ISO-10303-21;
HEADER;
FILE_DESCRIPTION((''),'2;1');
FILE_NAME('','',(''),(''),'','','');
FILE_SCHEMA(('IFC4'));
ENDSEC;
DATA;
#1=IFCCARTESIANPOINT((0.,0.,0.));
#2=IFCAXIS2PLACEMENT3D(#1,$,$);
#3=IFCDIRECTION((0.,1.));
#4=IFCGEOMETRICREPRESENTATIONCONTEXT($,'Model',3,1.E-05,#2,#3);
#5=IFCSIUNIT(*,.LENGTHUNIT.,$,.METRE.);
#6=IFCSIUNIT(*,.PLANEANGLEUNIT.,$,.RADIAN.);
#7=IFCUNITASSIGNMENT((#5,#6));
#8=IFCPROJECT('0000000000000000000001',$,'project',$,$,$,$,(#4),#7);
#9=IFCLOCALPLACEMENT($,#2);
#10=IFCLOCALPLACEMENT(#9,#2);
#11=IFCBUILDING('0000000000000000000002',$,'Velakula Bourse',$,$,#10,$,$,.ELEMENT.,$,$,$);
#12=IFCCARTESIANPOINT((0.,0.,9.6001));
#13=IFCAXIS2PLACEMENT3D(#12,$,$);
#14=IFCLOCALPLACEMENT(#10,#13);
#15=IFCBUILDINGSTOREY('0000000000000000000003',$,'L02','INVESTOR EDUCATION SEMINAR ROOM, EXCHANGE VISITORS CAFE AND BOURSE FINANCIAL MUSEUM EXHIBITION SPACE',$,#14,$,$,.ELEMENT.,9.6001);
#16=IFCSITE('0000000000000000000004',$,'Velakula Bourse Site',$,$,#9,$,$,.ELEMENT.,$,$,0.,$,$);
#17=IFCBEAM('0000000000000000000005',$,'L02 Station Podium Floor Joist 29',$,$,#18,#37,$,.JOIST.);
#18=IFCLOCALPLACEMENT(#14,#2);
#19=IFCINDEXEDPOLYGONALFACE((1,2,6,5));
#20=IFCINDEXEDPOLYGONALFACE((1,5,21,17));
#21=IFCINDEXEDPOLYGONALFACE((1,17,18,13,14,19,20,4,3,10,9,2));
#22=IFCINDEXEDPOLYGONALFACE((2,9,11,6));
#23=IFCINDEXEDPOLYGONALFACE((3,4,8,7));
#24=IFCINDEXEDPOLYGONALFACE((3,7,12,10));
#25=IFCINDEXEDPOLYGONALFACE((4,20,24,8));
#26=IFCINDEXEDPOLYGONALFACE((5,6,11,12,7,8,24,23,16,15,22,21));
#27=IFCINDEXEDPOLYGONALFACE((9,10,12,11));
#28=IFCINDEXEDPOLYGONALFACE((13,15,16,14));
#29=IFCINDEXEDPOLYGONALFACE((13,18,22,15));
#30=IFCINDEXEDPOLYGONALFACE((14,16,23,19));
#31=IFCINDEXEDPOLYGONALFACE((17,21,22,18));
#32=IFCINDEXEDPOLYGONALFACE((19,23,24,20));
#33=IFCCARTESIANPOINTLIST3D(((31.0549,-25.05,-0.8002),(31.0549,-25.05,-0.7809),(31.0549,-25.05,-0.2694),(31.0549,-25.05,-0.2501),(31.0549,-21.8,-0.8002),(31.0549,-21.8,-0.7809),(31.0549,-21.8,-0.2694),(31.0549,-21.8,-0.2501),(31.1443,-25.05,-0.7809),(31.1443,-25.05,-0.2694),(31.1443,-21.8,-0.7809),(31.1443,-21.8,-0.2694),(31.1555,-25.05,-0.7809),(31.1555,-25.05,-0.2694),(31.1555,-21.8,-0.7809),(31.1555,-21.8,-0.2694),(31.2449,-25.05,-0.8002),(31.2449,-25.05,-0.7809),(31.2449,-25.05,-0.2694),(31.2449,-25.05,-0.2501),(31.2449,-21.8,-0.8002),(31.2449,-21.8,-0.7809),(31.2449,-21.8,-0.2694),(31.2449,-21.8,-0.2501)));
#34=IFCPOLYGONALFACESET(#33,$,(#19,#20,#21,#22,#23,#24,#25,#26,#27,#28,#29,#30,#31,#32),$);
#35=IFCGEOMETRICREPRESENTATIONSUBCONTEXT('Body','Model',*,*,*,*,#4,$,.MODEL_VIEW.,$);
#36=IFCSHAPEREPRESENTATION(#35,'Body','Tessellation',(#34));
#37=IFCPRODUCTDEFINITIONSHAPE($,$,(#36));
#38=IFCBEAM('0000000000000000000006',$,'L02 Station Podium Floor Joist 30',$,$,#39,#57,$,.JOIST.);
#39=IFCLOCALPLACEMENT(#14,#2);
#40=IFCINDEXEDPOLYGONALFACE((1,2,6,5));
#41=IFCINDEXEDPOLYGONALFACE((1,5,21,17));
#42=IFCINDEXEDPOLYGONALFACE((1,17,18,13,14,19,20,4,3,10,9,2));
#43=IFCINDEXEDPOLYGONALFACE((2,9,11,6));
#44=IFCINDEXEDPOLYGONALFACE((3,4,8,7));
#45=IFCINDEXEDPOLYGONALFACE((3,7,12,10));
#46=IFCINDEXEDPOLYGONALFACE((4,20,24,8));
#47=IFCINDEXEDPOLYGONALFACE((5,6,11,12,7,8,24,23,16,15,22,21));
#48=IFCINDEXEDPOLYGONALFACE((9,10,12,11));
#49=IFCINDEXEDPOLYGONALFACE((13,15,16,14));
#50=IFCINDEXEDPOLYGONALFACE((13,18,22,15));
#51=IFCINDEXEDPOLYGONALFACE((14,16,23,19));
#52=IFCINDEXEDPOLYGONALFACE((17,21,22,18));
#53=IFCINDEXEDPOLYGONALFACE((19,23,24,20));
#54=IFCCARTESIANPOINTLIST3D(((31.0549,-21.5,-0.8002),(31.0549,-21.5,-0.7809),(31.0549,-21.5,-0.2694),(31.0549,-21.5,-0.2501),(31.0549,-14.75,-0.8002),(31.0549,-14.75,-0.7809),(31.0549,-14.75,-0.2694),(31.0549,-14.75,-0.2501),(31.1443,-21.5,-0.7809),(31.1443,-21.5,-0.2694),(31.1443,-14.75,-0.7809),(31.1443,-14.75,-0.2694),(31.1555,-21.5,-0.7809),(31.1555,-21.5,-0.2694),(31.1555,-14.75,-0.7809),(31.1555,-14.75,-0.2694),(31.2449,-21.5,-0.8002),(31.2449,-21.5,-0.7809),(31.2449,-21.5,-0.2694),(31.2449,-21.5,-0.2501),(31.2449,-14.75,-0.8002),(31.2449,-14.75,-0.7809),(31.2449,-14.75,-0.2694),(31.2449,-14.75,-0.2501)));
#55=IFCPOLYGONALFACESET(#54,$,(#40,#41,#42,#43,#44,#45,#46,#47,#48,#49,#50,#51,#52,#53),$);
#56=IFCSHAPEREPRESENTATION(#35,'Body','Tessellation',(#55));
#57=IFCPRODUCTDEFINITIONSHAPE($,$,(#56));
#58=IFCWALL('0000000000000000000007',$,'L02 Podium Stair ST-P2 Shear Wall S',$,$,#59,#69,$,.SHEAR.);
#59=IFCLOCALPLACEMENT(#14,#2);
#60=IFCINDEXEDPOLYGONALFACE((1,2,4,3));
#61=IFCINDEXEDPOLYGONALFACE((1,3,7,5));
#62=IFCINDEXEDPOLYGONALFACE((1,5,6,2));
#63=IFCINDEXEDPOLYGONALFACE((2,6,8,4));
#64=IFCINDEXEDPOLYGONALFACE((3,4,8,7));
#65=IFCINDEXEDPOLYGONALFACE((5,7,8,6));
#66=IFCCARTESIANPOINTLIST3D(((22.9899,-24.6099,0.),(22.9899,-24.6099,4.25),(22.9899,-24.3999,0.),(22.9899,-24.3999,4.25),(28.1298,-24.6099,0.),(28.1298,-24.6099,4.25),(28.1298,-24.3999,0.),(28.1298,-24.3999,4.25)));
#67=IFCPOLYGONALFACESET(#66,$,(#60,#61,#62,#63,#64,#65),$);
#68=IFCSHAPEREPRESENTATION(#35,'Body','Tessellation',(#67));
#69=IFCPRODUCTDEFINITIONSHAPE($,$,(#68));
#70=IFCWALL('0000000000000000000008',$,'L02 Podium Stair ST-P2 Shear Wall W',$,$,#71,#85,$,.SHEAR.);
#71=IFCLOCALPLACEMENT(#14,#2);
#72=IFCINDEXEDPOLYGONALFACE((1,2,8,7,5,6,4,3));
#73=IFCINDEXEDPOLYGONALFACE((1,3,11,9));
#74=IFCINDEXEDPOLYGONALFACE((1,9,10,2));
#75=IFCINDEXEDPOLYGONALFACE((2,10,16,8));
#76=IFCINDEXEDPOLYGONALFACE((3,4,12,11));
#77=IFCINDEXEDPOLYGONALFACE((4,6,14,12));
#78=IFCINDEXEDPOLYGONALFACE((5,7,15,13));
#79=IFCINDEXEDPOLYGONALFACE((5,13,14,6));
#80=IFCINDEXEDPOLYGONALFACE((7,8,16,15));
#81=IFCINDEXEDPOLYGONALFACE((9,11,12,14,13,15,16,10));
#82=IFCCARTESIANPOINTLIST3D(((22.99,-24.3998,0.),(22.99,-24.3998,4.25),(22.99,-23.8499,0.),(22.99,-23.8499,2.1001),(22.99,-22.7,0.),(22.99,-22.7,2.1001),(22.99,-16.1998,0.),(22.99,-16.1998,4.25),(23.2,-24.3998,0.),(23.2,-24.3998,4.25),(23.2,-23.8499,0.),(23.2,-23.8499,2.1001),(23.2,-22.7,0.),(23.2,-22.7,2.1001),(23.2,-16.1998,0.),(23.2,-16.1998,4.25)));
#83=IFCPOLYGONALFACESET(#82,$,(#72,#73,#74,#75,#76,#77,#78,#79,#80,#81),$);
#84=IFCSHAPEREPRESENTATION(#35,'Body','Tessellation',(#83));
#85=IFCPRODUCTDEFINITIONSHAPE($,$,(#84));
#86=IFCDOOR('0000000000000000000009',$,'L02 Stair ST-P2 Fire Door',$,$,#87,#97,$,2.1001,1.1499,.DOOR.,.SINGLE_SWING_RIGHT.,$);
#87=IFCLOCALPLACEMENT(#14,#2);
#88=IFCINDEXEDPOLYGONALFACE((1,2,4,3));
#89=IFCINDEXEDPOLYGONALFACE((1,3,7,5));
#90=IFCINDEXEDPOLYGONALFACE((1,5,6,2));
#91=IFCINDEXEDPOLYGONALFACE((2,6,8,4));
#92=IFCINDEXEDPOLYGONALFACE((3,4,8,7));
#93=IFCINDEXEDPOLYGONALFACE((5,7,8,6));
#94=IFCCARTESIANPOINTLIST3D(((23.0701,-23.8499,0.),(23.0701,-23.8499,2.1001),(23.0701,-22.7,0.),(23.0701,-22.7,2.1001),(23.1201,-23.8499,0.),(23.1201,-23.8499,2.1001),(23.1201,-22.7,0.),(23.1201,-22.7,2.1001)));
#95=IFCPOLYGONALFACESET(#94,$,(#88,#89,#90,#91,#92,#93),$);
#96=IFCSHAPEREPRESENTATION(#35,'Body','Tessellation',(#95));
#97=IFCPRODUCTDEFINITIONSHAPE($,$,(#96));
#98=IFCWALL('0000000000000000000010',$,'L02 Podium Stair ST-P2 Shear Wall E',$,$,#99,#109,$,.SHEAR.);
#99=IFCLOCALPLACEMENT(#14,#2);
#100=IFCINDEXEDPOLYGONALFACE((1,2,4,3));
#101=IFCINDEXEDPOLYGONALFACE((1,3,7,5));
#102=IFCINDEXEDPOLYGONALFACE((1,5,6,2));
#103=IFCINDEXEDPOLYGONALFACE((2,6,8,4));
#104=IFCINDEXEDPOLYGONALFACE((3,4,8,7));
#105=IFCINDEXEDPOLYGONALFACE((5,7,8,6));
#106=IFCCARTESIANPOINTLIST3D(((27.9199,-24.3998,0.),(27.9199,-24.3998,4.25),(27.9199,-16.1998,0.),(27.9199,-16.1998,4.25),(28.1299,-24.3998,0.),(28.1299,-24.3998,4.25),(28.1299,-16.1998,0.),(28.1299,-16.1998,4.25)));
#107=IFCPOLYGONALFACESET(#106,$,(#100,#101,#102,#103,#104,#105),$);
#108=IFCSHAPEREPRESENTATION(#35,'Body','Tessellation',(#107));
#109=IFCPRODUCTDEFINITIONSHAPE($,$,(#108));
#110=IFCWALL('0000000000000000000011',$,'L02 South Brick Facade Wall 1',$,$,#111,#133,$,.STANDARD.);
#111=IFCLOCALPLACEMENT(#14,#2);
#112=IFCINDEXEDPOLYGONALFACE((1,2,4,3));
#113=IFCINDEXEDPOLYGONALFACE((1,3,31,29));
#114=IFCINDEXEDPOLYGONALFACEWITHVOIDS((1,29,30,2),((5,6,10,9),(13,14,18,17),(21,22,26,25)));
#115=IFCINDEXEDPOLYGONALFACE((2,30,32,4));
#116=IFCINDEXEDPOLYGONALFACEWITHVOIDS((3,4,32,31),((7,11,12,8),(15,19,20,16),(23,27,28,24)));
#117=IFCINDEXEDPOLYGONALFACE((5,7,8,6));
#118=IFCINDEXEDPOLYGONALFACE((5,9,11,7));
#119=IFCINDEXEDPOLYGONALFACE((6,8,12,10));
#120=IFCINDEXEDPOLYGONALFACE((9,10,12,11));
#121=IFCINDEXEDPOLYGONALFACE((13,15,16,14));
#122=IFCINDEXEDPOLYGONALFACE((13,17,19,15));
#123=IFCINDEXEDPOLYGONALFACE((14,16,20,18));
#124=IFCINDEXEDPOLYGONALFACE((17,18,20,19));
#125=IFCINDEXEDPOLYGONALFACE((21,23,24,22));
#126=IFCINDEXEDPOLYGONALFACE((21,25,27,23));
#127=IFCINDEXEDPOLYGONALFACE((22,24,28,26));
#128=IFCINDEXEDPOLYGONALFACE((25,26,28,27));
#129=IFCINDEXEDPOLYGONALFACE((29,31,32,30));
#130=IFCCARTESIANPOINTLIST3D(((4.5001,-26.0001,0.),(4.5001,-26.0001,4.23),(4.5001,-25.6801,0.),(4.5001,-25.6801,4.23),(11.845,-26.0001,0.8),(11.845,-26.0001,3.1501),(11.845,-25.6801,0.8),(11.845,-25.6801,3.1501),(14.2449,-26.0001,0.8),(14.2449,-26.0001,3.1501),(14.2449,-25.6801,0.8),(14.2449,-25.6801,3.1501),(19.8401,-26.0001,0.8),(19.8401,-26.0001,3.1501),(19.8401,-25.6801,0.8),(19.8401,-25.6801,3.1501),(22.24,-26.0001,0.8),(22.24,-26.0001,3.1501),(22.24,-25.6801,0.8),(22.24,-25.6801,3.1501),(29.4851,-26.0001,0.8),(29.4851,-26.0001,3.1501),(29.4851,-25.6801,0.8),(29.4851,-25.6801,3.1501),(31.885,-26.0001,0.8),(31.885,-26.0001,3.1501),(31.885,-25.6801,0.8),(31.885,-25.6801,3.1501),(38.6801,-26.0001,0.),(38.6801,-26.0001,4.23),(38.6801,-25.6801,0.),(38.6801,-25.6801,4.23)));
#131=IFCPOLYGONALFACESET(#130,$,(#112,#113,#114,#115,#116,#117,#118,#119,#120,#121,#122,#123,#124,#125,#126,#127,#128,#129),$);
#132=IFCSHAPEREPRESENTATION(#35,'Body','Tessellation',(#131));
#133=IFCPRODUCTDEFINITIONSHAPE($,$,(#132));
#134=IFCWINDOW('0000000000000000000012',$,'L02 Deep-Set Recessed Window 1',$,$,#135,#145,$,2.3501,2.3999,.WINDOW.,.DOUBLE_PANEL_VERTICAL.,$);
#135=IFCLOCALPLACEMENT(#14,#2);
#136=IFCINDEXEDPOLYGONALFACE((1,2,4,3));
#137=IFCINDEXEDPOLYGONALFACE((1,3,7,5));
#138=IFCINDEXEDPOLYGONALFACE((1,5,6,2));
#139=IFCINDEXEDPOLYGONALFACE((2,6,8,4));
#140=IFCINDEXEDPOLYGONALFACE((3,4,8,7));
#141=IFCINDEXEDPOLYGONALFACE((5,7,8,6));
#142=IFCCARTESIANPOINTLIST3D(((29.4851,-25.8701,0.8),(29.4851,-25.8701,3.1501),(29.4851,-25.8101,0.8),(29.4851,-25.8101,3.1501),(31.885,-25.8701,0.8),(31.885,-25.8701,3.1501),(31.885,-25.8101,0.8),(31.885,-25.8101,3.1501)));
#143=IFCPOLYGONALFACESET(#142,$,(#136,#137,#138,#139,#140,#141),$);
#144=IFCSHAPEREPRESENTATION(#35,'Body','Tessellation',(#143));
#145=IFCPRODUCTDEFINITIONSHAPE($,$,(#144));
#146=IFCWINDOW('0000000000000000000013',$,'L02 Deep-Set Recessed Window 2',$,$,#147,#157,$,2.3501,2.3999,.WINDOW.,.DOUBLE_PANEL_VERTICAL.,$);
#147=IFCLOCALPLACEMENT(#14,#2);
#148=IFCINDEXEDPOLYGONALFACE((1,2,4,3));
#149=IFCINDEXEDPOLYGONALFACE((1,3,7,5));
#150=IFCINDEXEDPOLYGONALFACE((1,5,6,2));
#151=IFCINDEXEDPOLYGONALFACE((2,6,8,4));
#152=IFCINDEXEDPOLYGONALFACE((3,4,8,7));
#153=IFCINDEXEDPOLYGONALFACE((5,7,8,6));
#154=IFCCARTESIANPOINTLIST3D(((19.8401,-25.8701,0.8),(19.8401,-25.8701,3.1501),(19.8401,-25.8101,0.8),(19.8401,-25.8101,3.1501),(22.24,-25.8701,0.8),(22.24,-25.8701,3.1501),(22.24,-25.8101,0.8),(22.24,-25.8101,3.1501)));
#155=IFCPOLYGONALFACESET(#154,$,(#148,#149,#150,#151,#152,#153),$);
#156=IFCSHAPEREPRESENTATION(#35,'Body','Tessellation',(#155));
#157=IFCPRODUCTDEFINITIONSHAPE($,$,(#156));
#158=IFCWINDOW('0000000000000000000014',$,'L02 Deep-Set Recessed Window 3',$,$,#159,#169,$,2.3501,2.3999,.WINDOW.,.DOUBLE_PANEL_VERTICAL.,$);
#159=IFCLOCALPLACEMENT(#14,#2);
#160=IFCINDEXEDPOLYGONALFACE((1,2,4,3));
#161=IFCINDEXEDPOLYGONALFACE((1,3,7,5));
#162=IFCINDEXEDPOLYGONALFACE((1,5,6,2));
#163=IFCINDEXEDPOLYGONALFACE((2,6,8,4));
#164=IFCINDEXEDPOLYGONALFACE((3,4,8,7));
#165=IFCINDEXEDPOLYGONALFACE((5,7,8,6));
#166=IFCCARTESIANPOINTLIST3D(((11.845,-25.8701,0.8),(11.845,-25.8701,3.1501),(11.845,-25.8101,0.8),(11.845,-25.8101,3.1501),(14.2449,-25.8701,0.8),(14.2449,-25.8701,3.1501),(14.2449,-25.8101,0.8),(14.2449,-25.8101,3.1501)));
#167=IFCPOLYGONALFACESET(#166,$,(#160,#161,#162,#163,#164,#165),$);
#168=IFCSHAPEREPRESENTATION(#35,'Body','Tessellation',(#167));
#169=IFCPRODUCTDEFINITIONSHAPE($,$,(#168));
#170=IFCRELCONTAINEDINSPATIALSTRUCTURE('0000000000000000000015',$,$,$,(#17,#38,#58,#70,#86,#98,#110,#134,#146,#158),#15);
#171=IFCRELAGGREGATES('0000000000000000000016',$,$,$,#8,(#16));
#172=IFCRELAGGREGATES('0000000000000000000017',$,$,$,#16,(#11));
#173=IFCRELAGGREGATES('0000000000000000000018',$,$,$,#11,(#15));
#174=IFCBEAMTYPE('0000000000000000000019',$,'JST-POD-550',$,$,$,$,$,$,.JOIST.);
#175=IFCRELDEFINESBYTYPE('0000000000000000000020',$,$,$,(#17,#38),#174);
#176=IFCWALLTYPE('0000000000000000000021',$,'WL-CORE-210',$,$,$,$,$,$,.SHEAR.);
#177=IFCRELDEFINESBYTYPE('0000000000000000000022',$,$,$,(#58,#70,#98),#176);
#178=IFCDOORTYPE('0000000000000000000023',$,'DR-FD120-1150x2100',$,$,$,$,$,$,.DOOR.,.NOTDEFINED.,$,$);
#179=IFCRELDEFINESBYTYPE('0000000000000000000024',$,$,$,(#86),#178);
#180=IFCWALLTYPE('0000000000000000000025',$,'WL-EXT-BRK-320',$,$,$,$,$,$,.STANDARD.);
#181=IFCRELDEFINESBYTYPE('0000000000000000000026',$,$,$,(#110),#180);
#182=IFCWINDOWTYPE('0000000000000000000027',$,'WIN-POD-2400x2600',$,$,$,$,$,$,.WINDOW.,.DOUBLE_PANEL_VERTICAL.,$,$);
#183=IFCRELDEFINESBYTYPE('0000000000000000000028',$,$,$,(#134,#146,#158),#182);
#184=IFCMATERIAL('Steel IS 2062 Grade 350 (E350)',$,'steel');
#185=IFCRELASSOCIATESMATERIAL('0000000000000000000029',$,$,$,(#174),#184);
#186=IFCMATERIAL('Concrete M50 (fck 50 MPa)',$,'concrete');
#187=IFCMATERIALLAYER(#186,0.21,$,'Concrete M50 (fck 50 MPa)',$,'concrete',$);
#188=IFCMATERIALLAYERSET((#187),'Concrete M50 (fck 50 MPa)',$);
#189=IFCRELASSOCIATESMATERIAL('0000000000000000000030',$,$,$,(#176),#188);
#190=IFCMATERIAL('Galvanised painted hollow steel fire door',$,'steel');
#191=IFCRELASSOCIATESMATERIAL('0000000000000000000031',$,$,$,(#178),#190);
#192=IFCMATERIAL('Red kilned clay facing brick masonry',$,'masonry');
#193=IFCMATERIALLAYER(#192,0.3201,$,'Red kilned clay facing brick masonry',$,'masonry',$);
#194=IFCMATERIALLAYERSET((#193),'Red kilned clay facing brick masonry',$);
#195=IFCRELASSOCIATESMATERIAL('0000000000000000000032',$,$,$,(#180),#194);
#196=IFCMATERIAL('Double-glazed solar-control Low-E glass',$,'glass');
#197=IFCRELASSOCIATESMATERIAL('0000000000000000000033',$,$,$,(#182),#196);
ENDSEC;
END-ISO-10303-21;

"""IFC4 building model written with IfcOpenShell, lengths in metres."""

from ifc_helpers import new_model, si_unit, direction, frame, frame_2d, origin, origin_2d, place, context, subcontext, project, spatial, rectangle, i_section, extrude, material, layer, layer_set, material_profile, profile_set, type_object, element, fill, save


model = new_model("IFC4")

# Units and contexts
model_context = context("Model", 3, precision=1e-05, world=origin(), true_north=direction((0.0, 1.0)))
body_context = subcontext(model_context, "Body", "Model", "MODEL_VIEW")
ifc_project = project(units=[si_unit("LENGTHUNIT", "METRE"), si_unit("PLANEANGLEUNIT", "RADIAN")], contexts=[model_context])

# Site, building, storey
site_placement = place(None, origin())
site = spatial("IfcSite", under=ifc_project, at=site_placement, Name="Velakula Bourse Site", CompositionType="ELEMENT", RefElevation=0.0)
building_placement = place(site_placement, origin())
building = spatial("IfcBuilding", under=site, at=building_placement, Name="Velakula Bourse", CompositionType="ELEMENT")
storey_placement = place(building_placement, frame((0.0, 0.0, 9.6001)))
storey = spatial("IfcBuildingStorey", under=building, at=storey_placement, Name="L02", Description="INVESTOR EDUCATION SEMINAR ROOM, EXCHANGE VISITORS CAFE AND BOURSE FINANCIAL MUSEUM EXHIBITION SPACE", CompositionType="ELEMENT", Elevation=9.6001)

# Beams
ifc_material_1 = material(Name="Steel IS 2062 Grade 350 (E350)", Category="steel")
ifc_material_profile_1 = material_profile(ifc_material_1, i_section(OverallWidth=0.1899, OverallDepth=0.55, WebThickness=0.0112, FlangeThickness=0.0193, at=origin_2d()), Name="Steel IS 2062 Grade 350 (E350)")
ifc_profile_set_1 = profile_set([ifc_material_profile_1], Name="Steel IS 2062 Grade 350 (E350)")
beam_type_1 = type_object("IfcBeamType", Name="JST-POD-550", PredefinedType="JOIST", material=ifc_profile_set_1)
beam_1_placement = place(storey_placement, frame((31.1499, -25.05, -0.5251), z_axis=(0.0, 1.0, 0.0), x_axis=(-1.0, 0.0, 0.0)))
element("IfcBeam", 1, at=beam_1_placement, inside=storey, type_object=beam_type_1, Name="L02 Station Podium Floor Joist 29", PredefinedType="JOIST", context=body_context, shape_type="SweptSolid", body=[
    extrude(i_section(OverallWidth=0.1899, OverallDepth=0.55, WebThickness=0.0112, FlangeThickness=0.0193, at=origin_2d()), origin(), (0.0, 0.0, 1.0), 3.25),
])
beam_2_placement = place(storey_placement, frame((31.1499, -21.5, -0.5251), z_axis=(0.0, 1.0, 0.0), x_axis=(-1.0, 0.0, 0.0)))
element("IfcBeam", 2, at=beam_2_placement, inside=storey, type_object=beam_type_1, Name="L02 Station Podium Floor Joist 30", PredefinedType="JOIST", context=body_context, shape_type="SweptSolid", body=[
    extrude(i_section(OverallWidth=0.1899, OverallDepth=0.55, WebThickness=0.0112, FlangeThickness=0.0193, at=origin_2d()), origin(), (0.0, 0.0, 1.0), 6.75),
])

# Wall
ifc_material_2 = material(Name="Concrete M50 (fck 50 MPa)", Category="concrete")
ifc_layer_1 = layer(ifc_material_2, 0.21, Name="Concrete M50 (fck 50 MPa)", Category="concrete")
ifc_layer_set_1 = layer_set([ifc_layer_1], Name="Concrete M50 (fck 50 MPa)")
wall_type_1 = type_object("IfcWallType", Name="WL-CORE-210", PredefinedType="SHEAR", material=ifc_layer_set_1)
wall_1_placement = place(storey_placement, frame((22.99, -24.5049, 0.0), z_axis=(0.0, 0.0, 1.0), x_axis=(1.0, 0.0, 0.0)))
element("IfcWall", 3, at=wall_1_placement, inside=storey, type_object=wall_type_1, Name="L02 Podium Stair ST-P2 Shear Wall S", PredefinedType="SHEAR", context=body_context, shape_type="SweptSolid", body=[
    extrude(rectangle(XDim=5.1399, YDim=0.21, at=frame_2d((2.5698, 0.0))), origin(), (0.0, 0.0, 1.0), 4.25),
])

# Wall, opening, door
wall_2_placement = place(storey_placement, frame((23.095, -24.3999, 0.0), z_axis=(0.0, 0.0, 1.0), x_axis=(0.0, 1.0, 0.0)))
wall_2 = element("IfcWall", 4, at=wall_2_placement, inside=storey, type_object=wall_type_1, Name="L02 Podium Stair ST-P2 Shear Wall W", PredefinedType="SHEAR", context=body_context, shape_type="SweptSolid", body=[
    extrude(rectangle(XDim=8.2, YDim=0.21, at=frame_2d((4.1001, 0.0))), origin(), (0.0, 0.0, 1.0), 4.25),
])
opening_1_placement = place(wall_2_placement, frame((0.55, 0.0, 0.0)))
opening_1 = element("IfcOpeningElement", 5, at=opening_1_placement, cuts=wall_2, PredefinedType="OPENING", context=body_context, shape_type="SweptSolid", body=[
    extrude(rectangle(XDim=1.1499, YDim=2.1001, at=frame_2d((0.575, 1.05))), frame((0.0, 0.115, 0.0), z_axis=(0.0, -1.0, 0.0), x_axis=(1.0, 0.0, 0.0)), (0.0, 0.0, 1.0), 0.23),
])
ifc_material_3 = material(Name="Galvanised painted hollow steel fire door", Category="steel")
door_type = type_object("IfcDoorType", Name="DR-FD120-1150x2100", OperationType="NOTDEFINED", PredefinedType="DOOR", material=ifc_material_3)
door_placement = place(opening_1_placement, origin())
door = element("IfcDoor", 6, at=door_placement, inside=storey, type_object=door_type, Name="L02 Stair ST-P2 Fire Door", OperationType="SINGLE_SWING_RIGHT", OverallHeight=2.1001, OverallWidth=1.1499, PredefinedType="DOOR", context=body_context, shape_type="SweptSolid", body=[
    extrude(rectangle(XDim=1.1499, YDim=2.1001, at=frame_2d((0.575, 1.05))), frame((0.0, 0.0249, 0.0), z_axis=(0.0, -1.0, 0.0), x_axis=(1.0, 0.0, 0.0)), (0.0, 0.0, 1.0), 0.05),
])
fill(opening_1, door)

# Wall
wall_3_placement = place(storey_placement, frame((28.0249, -24.3999, 0.0), z_axis=(0.0, 0.0, 1.0), x_axis=(0.0, 1.0, 0.0)))
element("IfcWall", 7, at=wall_3_placement, inside=storey, type_object=wall_type_1, Name="L02 Podium Stair ST-P2 Shear Wall E", PredefinedType="SHEAR", context=body_context, shape_type="SweptSolid", body=[
    extrude(rectangle(XDim=8.2, YDim=0.21, at=frame_2d((4.1001, 0.0))), origin(), (0.0, 0.0, 1.0), 4.25),
])

# Wall, openings, windows
ifc_material_4 = material(Name="Red kilned clay facing brick masonry", Category="masonry")
ifc_layer_2 = layer(ifc_material_4, 0.3201, Name="Red kilned clay facing brick masonry", Category="masonry")
ifc_layer_set_2 = layer_set([ifc_layer_2], Name="Red kilned clay facing brick masonry")
wall_type_2 = type_object("IfcWallType", Name="WL-EXT-BRK-320", PredefinedType="STANDARD", material=ifc_layer_set_2)
wall_4_placement = place(storey_placement, frame((38.6799, -25.8401, 0.0), z_axis=(0.0, 0.0, 1.0), x_axis=(-1.0, 0.0, 0.0)))
wall_4 = element("IfcWall", 8, at=wall_4_placement, inside=storey, type_object=wall_type_2, Name="L02 South Brick Facade Wall 1", PredefinedType="STANDARD", context=body_context, shape_type="SweptSolid", body=[
    extrude(rectangle(XDim=34.1799, YDim=0.3201, at=frame_2d((17.0898, 0.0))), origin(), (0.0, 0.0, 1.0), 4.23),
])
opening_2_placement = place(wall_4_placement, frame((6.7949, 0.0, 0.8)))
opening_2 = element("IfcOpeningElement", 9, at=opening_2_placement, cuts=wall_4, PredefinedType="OPENING", context=body_context, shape_type="SweptSolid", body=[
    extrude(rectangle(XDim=2.3999, YDim=2.3501, at=frame_2d((1.2, 1.175))), frame((0.0, 0.1699, 0.0), z_axis=(0.0, -1.0, 0.0), x_axis=(1.0, 0.0, 0.0)), (0.0, 0.0, 1.0), 0.3401),
])
opening_3_placement = place(wall_4_placement, frame((16.4399, 0.0, 0.8)))
opening_3 = element("IfcOpeningElement", 10, at=opening_3_placement, cuts=wall_4, PredefinedType="OPENING", context=body_context, shape_type="SweptSolid", body=[
    extrude(rectangle(XDim=2.3999, YDim=2.3501, at=frame_2d((1.2, 1.175))), frame((0.0, 0.1699, 0.0), z_axis=(0.0, -1.0, 0.0), x_axis=(1.0, 0.0, 0.0)), (0.0, 0.0, 1.0), 0.3401),
])
opening_4_placement = place(wall_4_placement, frame((24.4351, 0.0, 0.8)))
opening_4 = element("IfcOpeningElement", 11, at=opening_4_placement, cuts=wall_4, PredefinedType="OPENING", context=body_context, shape_type="SweptSolid", body=[
    extrude(rectangle(XDim=2.3999, YDim=2.3501, at=frame_2d((1.2, 1.175))), frame((0.0, 0.1699, 0.0), z_axis=(0.0, -1.0, 0.0), x_axis=(1.0, 0.0, 0.0)), (0.0, 0.0, 1.0), 0.3401),
])
ifc_material_5 = material(Name="Double-glazed solar-control Low-E glass", Category="glass")
window_type = type_object("IfcWindowType", Name="WIN-POD-2400x2600", PartitioningType="DOUBLE_PANEL_VERTICAL", PredefinedType="WINDOW", material=ifc_material_5)
window_1_placement = place(opening_2_placement, origin())
window_1 = element("IfcWindow", 12, at=window_1_placement, inside=storey, type_object=window_type, Name="L02 Deep-Set Recessed Window 1", OverallHeight=2.3501, OverallWidth=2.3999, PartitioningType="DOUBLE_PANEL_VERTICAL", PredefinedType="WINDOW", context=body_context, shape_type="SweptSolid", body=[
    extrude(rectangle(XDim=2.3999, YDim=2.3501, at=frame_2d((1.2, 1.175))), frame((0.0, 0.03, 0.0), z_axis=(0.0, -1.0, 0.0), x_axis=(1.0, 0.0, 0.0)), (0.0, 0.0, 1.0), 0.0601),
])
fill(opening_2, window_1)
window_2_placement = place(opening_3_placement, origin())
window_2 = element("IfcWindow", 13, at=window_2_placement, inside=storey, type_object=window_type, Name="L02 Deep-Set Recessed Window 2", OverallHeight=2.3501, OverallWidth=2.3999, PartitioningType="DOUBLE_PANEL_VERTICAL", PredefinedType="WINDOW", context=body_context, shape_type="SweptSolid", body=[
    extrude(rectangle(XDim=2.3999, YDim=2.3501, at=frame_2d((1.2, 1.175))), frame((0.0, 0.03, 0.0), z_axis=(0.0, -1.0, 0.0), x_axis=(1.0, 0.0, 0.0)), (0.0, 0.0, 1.0), 0.0601),
])
fill(opening_3, window_2)
window_3_placement = place(opening_4_placement, origin())
window_3 = element("IfcWindow", 14, at=window_3_placement, inside=storey, type_object=window_type, Name="L02 Deep-Set Recessed Window 3", OverallHeight=2.3501, OverallWidth=2.3999, PartitioningType="DOUBLE_PANEL_VERTICAL", PredefinedType="WINDOW", context=body_context, shape_type="SweptSolid", body=[
    extrude(rectangle(XDim=2.3999, YDim=2.3501, at=frame_2d((1.2, 1.175))), frame((0.0, 0.03, 0.0), z_axis=(0.0, -1.0, 0.0), x_axis=(1.0, 0.0, 0.0)), (0.0, 0.0, 1.0), 0.0601),
])
fill(opening_4, window_3)

save(model, "model.ifc")
